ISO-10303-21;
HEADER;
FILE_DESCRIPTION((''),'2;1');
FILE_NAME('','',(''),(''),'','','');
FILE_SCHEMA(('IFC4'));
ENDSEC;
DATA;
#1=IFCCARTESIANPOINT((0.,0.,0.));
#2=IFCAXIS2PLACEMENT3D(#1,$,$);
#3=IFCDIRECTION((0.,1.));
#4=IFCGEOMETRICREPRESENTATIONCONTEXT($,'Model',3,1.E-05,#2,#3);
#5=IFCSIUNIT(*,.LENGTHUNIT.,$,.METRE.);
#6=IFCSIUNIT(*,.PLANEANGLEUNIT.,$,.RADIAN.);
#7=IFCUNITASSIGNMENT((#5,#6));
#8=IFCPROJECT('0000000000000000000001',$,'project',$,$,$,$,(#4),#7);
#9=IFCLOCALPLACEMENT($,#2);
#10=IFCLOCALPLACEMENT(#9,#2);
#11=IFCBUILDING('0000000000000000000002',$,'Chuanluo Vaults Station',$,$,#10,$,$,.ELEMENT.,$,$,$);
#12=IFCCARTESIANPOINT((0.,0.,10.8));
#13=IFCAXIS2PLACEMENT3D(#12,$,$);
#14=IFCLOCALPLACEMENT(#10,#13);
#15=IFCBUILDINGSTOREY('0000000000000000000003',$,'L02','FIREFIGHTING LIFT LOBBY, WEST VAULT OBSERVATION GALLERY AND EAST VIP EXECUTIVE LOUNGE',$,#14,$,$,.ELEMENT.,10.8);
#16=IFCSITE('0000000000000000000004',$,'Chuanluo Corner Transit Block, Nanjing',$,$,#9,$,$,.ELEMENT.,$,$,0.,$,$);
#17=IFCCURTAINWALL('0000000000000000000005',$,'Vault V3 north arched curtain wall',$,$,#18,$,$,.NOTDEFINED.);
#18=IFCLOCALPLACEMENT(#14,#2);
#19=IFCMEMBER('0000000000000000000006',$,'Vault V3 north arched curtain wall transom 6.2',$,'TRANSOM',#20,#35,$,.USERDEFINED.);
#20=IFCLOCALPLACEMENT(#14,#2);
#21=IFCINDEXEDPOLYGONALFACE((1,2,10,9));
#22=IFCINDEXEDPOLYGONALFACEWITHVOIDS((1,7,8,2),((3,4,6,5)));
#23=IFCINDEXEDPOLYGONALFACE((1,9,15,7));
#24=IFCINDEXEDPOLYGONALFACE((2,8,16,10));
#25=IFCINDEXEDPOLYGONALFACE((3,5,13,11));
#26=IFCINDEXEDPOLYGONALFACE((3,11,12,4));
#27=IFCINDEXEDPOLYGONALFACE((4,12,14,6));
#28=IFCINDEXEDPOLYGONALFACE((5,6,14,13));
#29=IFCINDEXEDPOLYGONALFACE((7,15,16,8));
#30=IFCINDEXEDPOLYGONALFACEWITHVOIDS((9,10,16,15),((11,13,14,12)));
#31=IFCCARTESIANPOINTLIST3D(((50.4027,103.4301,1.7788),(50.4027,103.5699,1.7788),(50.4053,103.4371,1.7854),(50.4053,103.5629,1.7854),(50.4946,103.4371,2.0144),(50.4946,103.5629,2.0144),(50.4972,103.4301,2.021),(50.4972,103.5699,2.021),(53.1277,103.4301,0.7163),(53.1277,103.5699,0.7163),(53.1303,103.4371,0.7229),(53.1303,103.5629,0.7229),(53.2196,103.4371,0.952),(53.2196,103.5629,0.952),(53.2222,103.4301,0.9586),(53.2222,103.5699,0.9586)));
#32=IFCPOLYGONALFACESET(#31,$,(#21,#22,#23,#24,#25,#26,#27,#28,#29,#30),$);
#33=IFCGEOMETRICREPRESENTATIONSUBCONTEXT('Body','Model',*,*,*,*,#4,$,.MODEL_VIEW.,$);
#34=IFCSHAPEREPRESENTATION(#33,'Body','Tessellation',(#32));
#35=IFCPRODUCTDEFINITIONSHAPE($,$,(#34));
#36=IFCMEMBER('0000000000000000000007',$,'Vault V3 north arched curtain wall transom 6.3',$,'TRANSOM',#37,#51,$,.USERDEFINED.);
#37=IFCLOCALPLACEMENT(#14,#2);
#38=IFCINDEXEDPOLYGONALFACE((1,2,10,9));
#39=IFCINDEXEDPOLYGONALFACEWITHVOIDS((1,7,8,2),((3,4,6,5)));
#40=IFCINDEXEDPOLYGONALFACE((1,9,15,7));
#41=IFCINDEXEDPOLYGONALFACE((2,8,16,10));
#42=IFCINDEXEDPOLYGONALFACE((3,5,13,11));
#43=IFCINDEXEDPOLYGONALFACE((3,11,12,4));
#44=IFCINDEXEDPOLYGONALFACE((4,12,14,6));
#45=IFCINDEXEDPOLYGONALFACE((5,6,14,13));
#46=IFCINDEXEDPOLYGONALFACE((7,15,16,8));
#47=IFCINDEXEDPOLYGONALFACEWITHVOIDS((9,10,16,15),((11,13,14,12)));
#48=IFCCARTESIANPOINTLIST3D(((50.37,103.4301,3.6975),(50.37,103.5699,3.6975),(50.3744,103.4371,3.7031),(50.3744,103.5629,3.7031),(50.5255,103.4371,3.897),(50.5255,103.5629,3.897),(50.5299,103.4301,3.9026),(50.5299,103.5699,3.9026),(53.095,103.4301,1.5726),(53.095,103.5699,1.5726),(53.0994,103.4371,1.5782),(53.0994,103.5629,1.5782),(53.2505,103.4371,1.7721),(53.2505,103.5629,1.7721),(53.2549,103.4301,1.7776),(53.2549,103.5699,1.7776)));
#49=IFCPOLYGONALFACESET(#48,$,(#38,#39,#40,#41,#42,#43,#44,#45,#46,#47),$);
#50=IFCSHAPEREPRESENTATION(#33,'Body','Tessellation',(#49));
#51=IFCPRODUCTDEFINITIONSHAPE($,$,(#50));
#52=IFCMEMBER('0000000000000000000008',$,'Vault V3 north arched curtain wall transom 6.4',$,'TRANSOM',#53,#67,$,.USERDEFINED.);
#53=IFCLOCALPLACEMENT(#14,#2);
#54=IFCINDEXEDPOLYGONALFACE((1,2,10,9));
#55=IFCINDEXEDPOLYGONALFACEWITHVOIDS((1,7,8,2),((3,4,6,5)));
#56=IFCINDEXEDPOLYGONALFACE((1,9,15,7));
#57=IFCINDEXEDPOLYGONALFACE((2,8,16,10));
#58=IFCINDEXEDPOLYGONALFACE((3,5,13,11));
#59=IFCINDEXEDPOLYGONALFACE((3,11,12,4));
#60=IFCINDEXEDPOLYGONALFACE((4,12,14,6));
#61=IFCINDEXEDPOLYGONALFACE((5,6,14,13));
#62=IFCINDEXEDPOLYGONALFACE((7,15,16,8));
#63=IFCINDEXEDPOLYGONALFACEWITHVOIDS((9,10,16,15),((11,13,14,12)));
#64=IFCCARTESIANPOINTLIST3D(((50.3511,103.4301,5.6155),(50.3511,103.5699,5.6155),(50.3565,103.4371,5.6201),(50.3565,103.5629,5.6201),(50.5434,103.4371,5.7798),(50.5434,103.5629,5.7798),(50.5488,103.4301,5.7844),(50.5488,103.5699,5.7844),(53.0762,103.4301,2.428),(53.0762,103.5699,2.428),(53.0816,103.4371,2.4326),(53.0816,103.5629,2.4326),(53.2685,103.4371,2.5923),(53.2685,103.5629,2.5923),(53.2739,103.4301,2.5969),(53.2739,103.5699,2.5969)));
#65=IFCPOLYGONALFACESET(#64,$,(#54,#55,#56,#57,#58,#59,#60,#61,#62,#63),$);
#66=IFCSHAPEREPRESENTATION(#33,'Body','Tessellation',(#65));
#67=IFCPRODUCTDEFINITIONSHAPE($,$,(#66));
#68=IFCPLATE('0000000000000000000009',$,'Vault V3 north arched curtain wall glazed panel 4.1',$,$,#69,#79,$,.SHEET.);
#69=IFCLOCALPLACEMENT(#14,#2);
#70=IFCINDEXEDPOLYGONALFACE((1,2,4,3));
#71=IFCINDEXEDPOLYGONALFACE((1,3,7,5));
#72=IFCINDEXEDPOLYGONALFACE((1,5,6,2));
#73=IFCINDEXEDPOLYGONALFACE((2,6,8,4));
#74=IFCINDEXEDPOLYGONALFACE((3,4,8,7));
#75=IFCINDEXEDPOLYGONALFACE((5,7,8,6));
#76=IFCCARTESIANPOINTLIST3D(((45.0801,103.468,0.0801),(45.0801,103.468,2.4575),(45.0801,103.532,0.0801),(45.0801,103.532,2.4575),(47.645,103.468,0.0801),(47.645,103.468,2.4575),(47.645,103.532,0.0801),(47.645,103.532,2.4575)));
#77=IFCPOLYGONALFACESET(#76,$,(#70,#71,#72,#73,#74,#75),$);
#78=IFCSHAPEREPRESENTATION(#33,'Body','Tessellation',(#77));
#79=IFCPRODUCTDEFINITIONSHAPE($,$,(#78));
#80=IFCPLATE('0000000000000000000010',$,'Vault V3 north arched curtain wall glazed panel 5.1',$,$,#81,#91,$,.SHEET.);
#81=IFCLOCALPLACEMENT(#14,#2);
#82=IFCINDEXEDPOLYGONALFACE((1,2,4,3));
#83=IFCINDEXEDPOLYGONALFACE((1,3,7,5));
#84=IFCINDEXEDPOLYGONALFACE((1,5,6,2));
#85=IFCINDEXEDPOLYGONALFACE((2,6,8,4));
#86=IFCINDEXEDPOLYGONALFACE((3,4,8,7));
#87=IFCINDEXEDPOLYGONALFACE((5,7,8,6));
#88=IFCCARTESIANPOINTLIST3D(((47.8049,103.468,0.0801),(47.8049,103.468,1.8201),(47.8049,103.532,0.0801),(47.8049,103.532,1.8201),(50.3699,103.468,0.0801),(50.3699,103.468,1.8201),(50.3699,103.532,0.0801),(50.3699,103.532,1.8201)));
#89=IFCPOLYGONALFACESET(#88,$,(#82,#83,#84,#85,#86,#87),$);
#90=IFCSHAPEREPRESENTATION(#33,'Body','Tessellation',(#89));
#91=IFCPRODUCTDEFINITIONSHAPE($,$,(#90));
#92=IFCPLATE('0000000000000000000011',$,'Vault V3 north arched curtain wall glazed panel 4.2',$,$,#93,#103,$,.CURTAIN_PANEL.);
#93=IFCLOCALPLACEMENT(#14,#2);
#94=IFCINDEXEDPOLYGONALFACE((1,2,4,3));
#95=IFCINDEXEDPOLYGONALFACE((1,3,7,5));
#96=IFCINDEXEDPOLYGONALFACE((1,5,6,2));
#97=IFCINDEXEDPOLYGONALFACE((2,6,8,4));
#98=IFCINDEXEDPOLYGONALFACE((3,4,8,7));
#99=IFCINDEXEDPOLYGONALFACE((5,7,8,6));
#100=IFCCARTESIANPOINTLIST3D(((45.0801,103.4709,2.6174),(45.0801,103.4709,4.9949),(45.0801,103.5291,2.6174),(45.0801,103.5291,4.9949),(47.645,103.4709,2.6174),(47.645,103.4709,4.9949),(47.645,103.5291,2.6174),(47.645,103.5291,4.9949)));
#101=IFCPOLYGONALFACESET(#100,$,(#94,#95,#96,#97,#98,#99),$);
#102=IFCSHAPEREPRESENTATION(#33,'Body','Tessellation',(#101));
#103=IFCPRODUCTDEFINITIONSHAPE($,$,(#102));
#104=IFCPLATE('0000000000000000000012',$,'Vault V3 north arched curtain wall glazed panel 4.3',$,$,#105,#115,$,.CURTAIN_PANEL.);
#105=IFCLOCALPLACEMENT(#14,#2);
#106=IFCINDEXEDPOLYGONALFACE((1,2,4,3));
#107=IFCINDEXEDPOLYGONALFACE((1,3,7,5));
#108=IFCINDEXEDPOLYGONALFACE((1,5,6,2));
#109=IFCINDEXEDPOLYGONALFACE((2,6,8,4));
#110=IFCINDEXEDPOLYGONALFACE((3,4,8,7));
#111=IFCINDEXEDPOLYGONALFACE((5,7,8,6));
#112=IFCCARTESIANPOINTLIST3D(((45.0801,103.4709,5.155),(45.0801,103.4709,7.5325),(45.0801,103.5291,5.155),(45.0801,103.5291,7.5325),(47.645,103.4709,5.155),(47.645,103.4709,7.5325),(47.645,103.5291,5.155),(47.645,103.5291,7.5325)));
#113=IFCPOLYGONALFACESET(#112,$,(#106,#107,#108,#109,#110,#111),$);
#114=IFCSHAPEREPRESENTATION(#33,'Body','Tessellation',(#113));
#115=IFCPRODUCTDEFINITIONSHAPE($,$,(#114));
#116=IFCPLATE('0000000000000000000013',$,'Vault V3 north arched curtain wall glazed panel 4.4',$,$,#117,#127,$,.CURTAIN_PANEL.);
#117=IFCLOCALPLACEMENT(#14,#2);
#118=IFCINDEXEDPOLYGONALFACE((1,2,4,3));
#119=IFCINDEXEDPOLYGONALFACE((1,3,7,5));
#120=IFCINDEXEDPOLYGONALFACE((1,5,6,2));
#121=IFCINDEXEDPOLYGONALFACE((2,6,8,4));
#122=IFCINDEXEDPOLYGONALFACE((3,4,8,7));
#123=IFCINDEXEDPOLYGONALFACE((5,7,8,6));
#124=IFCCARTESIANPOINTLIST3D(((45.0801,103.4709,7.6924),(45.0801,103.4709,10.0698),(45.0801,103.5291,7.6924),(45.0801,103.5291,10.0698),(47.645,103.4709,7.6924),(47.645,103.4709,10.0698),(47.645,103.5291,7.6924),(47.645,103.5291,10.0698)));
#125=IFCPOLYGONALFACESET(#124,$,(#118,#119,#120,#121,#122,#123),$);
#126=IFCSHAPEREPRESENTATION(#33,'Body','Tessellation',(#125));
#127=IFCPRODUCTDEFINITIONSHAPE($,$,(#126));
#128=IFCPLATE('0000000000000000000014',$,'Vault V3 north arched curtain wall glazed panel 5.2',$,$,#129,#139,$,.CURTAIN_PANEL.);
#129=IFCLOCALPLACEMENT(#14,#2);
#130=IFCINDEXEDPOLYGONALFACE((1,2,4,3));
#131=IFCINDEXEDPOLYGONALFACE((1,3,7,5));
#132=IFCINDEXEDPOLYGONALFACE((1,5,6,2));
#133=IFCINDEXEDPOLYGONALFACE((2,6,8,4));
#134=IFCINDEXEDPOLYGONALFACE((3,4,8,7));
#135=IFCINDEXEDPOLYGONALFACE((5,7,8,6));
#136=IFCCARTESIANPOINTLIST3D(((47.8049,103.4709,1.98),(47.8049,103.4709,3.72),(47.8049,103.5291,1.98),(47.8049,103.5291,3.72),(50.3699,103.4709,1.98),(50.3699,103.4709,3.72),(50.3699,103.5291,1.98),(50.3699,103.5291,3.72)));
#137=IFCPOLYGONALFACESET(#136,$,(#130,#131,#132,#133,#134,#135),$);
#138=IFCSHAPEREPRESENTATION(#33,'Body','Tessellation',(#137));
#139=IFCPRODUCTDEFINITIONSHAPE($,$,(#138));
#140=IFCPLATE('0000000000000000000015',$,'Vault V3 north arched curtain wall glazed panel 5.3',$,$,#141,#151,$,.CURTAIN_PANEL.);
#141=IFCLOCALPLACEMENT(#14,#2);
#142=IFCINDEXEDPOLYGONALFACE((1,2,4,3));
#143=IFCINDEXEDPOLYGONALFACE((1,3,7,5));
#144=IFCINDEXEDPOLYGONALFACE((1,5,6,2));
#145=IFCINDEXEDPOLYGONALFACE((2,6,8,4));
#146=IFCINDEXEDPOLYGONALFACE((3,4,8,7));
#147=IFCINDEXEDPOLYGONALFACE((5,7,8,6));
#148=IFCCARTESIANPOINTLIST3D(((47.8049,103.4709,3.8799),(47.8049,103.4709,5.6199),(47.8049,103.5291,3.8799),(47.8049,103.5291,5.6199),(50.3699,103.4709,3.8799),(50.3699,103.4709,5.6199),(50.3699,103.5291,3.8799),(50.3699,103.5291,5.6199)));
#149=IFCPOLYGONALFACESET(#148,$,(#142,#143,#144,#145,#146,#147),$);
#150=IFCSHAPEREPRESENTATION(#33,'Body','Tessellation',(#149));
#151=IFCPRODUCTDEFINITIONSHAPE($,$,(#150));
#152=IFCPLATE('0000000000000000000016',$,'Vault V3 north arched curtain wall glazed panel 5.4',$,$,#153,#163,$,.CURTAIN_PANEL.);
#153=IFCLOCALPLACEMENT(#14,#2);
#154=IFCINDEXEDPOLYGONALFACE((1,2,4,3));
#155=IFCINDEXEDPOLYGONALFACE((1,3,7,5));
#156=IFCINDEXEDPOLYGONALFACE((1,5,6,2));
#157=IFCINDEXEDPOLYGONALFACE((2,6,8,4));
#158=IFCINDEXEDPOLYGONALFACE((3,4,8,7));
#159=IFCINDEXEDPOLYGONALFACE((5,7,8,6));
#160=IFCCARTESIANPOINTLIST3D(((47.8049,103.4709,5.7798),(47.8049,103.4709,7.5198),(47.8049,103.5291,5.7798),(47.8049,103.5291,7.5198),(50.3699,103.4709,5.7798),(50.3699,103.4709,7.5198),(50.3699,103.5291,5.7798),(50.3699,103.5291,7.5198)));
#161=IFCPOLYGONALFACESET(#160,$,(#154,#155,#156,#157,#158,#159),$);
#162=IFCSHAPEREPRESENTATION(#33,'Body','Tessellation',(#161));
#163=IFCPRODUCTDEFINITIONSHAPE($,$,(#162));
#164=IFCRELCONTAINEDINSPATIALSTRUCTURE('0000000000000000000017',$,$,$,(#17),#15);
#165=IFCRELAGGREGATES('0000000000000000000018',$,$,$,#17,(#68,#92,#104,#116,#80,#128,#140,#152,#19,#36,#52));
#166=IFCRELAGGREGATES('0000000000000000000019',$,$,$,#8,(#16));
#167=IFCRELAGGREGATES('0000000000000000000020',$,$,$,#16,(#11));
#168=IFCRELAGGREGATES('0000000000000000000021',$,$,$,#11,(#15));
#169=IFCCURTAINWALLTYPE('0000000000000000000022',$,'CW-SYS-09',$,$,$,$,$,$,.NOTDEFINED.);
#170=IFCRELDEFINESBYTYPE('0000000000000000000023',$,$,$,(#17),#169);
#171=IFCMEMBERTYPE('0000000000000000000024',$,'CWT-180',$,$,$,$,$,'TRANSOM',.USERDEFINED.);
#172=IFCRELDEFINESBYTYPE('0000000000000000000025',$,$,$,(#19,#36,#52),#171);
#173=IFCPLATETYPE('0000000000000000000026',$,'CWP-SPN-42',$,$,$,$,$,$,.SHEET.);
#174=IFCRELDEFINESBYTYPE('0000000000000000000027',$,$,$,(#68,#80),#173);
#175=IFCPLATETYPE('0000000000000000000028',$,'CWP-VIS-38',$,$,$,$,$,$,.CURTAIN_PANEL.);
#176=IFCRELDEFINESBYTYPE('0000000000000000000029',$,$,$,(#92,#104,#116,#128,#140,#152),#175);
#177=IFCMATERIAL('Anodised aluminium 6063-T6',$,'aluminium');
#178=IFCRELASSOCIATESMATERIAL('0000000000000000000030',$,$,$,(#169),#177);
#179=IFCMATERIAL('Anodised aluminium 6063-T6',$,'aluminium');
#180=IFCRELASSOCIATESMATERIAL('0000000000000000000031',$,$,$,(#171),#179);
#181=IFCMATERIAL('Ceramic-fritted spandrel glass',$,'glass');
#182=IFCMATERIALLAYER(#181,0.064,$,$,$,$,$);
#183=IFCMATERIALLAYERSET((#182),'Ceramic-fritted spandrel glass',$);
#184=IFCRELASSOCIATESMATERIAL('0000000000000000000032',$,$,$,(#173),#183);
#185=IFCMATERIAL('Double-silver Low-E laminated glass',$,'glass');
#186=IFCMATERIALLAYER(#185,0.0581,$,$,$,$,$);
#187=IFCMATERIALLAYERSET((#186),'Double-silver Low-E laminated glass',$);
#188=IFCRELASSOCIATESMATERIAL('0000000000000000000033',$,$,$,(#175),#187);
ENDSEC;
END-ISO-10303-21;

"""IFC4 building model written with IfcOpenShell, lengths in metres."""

from ifc_helpers import new_model, si_unit, direction, frame, origin, origin_2d, place, context, subcontext, project, spatial, rectangle, hollow_rectangle, extrude, material, layer, layer_set, material_profile, profile_set, type_object, element, aggregate, save


model = new_model("IFC4")

# Units and contexts
model_context = context("Model", 3, precision=1e-05, world=origin(), true_north=direction((0.0, 1.0)))
body_context = subcontext(model_context, "Body", "Model", "MODEL_VIEW")
ifc_project = project(units=[si_unit("LENGTHUNIT", "METRE"), si_unit("PLANEANGLEUNIT", "RADIAN")], contexts=[model_context])

# Site, building, storey
site_placement = place(None, origin())
site = spatial("IfcSite", under=ifc_project, at=site_placement, Name="Chuanluo Corner Transit Block, Nanjing", CompositionType="ELEMENT", RefElevation=0.0)
building_placement = place(site_placement, origin())
building = spatial("IfcBuilding", under=site, at=building_placement, Name="Chuanluo Vaults Station", CompositionType="ELEMENT")
storey_placement = place(building_placement, frame((0.0, 0.0, 10.8)))
storey = spatial("IfcBuildingStorey", under=building, at=storey_placement, Name="L02", Description="FIREFIGHTING LIFT LOBBY, WEST VAULT OBSERVATION GALLERY AND EAST VIP EXECUTIVE LOUNGE", CompositionType="ELEMENT", Elevation=10.8)

# Curtain wall, members, plates
ifc_material_1 = material(Name="Anodised aluminium 6063-T6", Category="aluminium")
curtain_wall_type = type_object("IfcCurtainWallType", Name="CW-SYS-09", PredefinedType="NOTDEFINED", material=ifc_material_1)
curtain_wall_placement = place(storey_placement, origin())
curtain_wall = element("IfcCurtainWall", 1, at=curtain_wall_placement, inside=storey, type_object=curtain_wall_type, Name="Vault V3 north arched curtain wall", PredefinedType="NOTDEFINED")
ifc_material_2 = material(Name="Anodised aluminium 6063-T6", Category="aluminium")
ifc_material_profile_1 = material_profile(ifc_material_2, hollow_rectangle(XDim=0.1399, YDim=0.26, WallThickness=0.0071, at=origin_2d()))
ifc_profile_set_1 = profile_set([ifc_material_profile_1], Name="Anodised aluminium 6063-T6")
member_type_1 = type_object("IfcMemberType", Name="CWT-180", ElementType="TRANSOM", PredefinedType="USERDEFINED", material=ifc_profile_set_1)
member_1_placement = place(storey_placement, frame((50.45, 103.5, 1.8999), z_axis=(0.931688, 0.0, -0.36326), x_axis=(0.0, 1.0, 0.0)))
member_1 = element("IfcMember", 2, at=member_1_placement, type_object=member_type_1, Name="Vault V3 north arched curtain wall transom 6.2", ObjectType="TRANSOM", PredefinedType="USERDEFINED", context=body_context, shape_type="SweptSolid", body=[
    extrude(hollow_rectangle(XDim=0.1399, YDim=0.26, WallThickness=0.0071, at=origin_2d()), origin(), (0.0, 0.0, 1.0), 2.9248),
])
member_2_placement = place(storey_placement, frame((50.45, 103.5, 3.8), z_axis=(0.788583, 0.0, -0.614928), x_axis=(0.0, 1.0, 0.0)))
member_2 = element("IfcMember", 3, at=member_2_placement, type_object=member_type_1, Name="Vault V3 north arched curtain wall transom 6.3", ObjectType="TRANSOM", PredefinedType="USERDEFINED", context=body_context, shape_type="SweptSolid", body=[
    extrude(hollow_rectangle(XDim=0.1399, YDim=0.26, WallThickness=0.0071, at=origin_2d()), origin(), (0.0, 0.0, 1.0), 3.4556),
])
member_3_placement = place(storey_placement, frame((50.45, 103.5, 5.7), z_axis=(0.649822, 0.0, -0.760086), x_axis=(0.0, 1.0, 0.0)))
member_3 = element("IfcMember", 4, at=member_3_placement, type_object=member_type_1, Name="Vault V3 north arched curtain wall transom 6.4", ObjectType="TRANSOM", PredefinedType="USERDEFINED", context=body_context, shape_type="SweptSolid", body=[
    extrude(hollow_rectangle(XDim=0.1399, YDim=0.26, WallThickness=0.0071, at=origin_2d()), origin(), (0.0, 0.0, 1.0), 4.1936),
])
ifc_material_3 = material(Name="Ceramic-fritted spandrel glass", Category="glass")
ifc_layer_1 = layer(ifc_material_3, 0.064)
ifc_layer_set_1 = layer_set([ifc_layer_1], Name="Ceramic-fritted spandrel glass")
plate_type_1 = type_object("IfcPlateType", Name="CWP-SPN-42", PredefinedType="SHEET", material=ifc_layer_set_1)
plate_1_placement = place(storey_placement, frame((46.3625, 103.5, 0.0801), z_axis=(0.0, 0.0, 1.0), x_axis=(1.0, 0.0, 0.0)))
plate_1 = element("IfcPlate", 5, at=plate_1_placement, type_object=plate_type_1, Name="Vault V3 north arched curtain wall glazed panel 4.1", PredefinedType="SHEET", context=body_context, shape_type="SweptSolid", body=[
    extrude(rectangle(XDim=2.5649, YDim=0.064, at=origin_2d()), origin(), (0.0, 0.0, 1.0), 2.3774),
])
plate_2_placement = place(storey_placement, frame((49.0874, 103.5, 0.0801), z_axis=(0.0, 0.0, 1.0), x_axis=(1.0, 0.0, 0.0)))
plate_2 = element("IfcPlate", 6, at=plate_2_placement, type_object=plate_type_1, Name="Vault V3 north arched curtain wall glazed panel 5.1", PredefinedType="SHEET", context=body_context, shape_type="SweptSolid", body=[
    extrude(rectangle(XDim=2.5649, YDim=0.064, at=origin_2d()), origin(), (0.0, 0.0, 1.0), 1.74),
])
ifc_material_4 = material(Name="Double-silver Low-E laminated glass", Category="glass")
ifc_layer_2 = layer(ifc_material_4, 0.0581)
ifc_layer_set_2 = layer_set([ifc_layer_2], Name="Double-silver Low-E laminated glass")
plate_type_2 = type_object("IfcPlateType", Name="CWP-VIS-38", PredefinedType="CURTAIN_PANEL", material=ifc_layer_set_2)
plate_3_placement = place(storey_placement, frame((46.3625, 103.5, 2.6174), z_axis=(0.0, 0.0, 1.0), x_axis=(1.0, 0.0, 0.0)))
plate_3 = element("IfcPlate", 7, at=plate_3_placement, type_object=plate_type_2, Name="Vault V3 north arched curtain wall glazed panel 4.2", PredefinedType="CURTAIN_PANEL", context=body_context, shape_type="SweptSolid", body=[
    extrude(rectangle(XDim=2.5649, YDim=0.0581, at=origin_2d()), origin(), (0.0, 0.0, 1.0), 2.3774),
])
plate_4_placement = place(storey_placement, frame((46.3625, 103.5, 5.155), z_axis=(0.0, 0.0, 1.0), x_axis=(1.0, 0.0, 0.0)))
plate_4 = element("IfcPlate", 8, at=plate_4_placement, type_object=plate_type_2, Name="Vault V3 north arched curtain wall glazed panel 4.3", PredefinedType="CURTAIN_PANEL", context=body_context, shape_type="SweptSolid", body=[
    extrude(rectangle(XDim=2.5649, YDim=0.0581, at=origin_2d()), origin(), (0.0, 0.0, 1.0), 2.3774),
])
plate_5_placement = place(storey_placement, frame((46.3625, 103.5, 7.6924), z_axis=(0.0, 0.0, 1.0), x_axis=(1.0, 0.0, 0.0)))
plate_5 = element("IfcPlate", 9, at=plate_5_placement, type_object=plate_type_2, Name="Vault V3 north arched curtain wall glazed panel 4.4", PredefinedType="CURTAIN_PANEL", context=body_context, shape_type="SweptSolid", body=[
    extrude(rectangle(XDim=2.5649, YDim=0.0581, at=origin_2d()), origin(), (0.0, 0.0, 1.0), 2.3774),
])
plate_6_placement = place(storey_placement, frame((49.0874, 103.5, 1.98), z_axis=(0.0, 0.0, 1.0), x_axis=(1.0, 0.0, 0.0)))
plate_6 = element("IfcPlate", 10, at=plate_6_placement, type_object=plate_type_2, Name="Vault V3 north arched curtain wall glazed panel 5.2", PredefinedType="CURTAIN_PANEL", context=body_context, shape_type="SweptSolid", body=[
    extrude(rectangle(XDim=2.5649, YDim=0.0581, at=origin_2d()), origin(), (0.0, 0.0, 1.0), 1.74),
])
plate_7_placement = place(storey_placement, frame((49.0874, 103.5, 3.8799), z_axis=(0.0, 0.0, 1.0), x_axis=(1.0, 0.0, 0.0)))
plate_7 = element("IfcPlate", 11, at=plate_7_placement, type_object=plate_type_2, Name="Vault V3 north arched curtain wall glazed panel 5.3", PredefinedType="CURTAIN_PANEL", context=body_context, shape_type="SweptSolid", body=[
    extrude(rectangle(XDim=2.5649, YDim=0.0581, at=origin_2d()), origin(), (0.0, 0.0, 1.0), 1.74),
])
plate_8_placement = place(storey_placement, frame((49.0874, 103.5, 5.7798), z_axis=(0.0, 0.0, 1.0), x_axis=(1.0, 0.0, 0.0)))
plate_8 = element("IfcPlate", 12, at=plate_8_placement, type_object=plate_type_2, Name="Vault V3 north arched curtain wall glazed panel 5.4", PredefinedType="CURTAIN_PANEL", context=body_context, shape_type="SweptSolid", body=[
    extrude(rectangle(XDim=2.5649, YDim=0.0581, at=origin_2d()), origin(), (0.0, 0.0, 1.0), 1.74),
])
aggregate(curtain_wall, [plate_1, plate_3, plate_4, plate_5, plate_2, plate_6, plate_7, plate_8, member_1, member_2, member_3])

save(model, "model.ifc")
